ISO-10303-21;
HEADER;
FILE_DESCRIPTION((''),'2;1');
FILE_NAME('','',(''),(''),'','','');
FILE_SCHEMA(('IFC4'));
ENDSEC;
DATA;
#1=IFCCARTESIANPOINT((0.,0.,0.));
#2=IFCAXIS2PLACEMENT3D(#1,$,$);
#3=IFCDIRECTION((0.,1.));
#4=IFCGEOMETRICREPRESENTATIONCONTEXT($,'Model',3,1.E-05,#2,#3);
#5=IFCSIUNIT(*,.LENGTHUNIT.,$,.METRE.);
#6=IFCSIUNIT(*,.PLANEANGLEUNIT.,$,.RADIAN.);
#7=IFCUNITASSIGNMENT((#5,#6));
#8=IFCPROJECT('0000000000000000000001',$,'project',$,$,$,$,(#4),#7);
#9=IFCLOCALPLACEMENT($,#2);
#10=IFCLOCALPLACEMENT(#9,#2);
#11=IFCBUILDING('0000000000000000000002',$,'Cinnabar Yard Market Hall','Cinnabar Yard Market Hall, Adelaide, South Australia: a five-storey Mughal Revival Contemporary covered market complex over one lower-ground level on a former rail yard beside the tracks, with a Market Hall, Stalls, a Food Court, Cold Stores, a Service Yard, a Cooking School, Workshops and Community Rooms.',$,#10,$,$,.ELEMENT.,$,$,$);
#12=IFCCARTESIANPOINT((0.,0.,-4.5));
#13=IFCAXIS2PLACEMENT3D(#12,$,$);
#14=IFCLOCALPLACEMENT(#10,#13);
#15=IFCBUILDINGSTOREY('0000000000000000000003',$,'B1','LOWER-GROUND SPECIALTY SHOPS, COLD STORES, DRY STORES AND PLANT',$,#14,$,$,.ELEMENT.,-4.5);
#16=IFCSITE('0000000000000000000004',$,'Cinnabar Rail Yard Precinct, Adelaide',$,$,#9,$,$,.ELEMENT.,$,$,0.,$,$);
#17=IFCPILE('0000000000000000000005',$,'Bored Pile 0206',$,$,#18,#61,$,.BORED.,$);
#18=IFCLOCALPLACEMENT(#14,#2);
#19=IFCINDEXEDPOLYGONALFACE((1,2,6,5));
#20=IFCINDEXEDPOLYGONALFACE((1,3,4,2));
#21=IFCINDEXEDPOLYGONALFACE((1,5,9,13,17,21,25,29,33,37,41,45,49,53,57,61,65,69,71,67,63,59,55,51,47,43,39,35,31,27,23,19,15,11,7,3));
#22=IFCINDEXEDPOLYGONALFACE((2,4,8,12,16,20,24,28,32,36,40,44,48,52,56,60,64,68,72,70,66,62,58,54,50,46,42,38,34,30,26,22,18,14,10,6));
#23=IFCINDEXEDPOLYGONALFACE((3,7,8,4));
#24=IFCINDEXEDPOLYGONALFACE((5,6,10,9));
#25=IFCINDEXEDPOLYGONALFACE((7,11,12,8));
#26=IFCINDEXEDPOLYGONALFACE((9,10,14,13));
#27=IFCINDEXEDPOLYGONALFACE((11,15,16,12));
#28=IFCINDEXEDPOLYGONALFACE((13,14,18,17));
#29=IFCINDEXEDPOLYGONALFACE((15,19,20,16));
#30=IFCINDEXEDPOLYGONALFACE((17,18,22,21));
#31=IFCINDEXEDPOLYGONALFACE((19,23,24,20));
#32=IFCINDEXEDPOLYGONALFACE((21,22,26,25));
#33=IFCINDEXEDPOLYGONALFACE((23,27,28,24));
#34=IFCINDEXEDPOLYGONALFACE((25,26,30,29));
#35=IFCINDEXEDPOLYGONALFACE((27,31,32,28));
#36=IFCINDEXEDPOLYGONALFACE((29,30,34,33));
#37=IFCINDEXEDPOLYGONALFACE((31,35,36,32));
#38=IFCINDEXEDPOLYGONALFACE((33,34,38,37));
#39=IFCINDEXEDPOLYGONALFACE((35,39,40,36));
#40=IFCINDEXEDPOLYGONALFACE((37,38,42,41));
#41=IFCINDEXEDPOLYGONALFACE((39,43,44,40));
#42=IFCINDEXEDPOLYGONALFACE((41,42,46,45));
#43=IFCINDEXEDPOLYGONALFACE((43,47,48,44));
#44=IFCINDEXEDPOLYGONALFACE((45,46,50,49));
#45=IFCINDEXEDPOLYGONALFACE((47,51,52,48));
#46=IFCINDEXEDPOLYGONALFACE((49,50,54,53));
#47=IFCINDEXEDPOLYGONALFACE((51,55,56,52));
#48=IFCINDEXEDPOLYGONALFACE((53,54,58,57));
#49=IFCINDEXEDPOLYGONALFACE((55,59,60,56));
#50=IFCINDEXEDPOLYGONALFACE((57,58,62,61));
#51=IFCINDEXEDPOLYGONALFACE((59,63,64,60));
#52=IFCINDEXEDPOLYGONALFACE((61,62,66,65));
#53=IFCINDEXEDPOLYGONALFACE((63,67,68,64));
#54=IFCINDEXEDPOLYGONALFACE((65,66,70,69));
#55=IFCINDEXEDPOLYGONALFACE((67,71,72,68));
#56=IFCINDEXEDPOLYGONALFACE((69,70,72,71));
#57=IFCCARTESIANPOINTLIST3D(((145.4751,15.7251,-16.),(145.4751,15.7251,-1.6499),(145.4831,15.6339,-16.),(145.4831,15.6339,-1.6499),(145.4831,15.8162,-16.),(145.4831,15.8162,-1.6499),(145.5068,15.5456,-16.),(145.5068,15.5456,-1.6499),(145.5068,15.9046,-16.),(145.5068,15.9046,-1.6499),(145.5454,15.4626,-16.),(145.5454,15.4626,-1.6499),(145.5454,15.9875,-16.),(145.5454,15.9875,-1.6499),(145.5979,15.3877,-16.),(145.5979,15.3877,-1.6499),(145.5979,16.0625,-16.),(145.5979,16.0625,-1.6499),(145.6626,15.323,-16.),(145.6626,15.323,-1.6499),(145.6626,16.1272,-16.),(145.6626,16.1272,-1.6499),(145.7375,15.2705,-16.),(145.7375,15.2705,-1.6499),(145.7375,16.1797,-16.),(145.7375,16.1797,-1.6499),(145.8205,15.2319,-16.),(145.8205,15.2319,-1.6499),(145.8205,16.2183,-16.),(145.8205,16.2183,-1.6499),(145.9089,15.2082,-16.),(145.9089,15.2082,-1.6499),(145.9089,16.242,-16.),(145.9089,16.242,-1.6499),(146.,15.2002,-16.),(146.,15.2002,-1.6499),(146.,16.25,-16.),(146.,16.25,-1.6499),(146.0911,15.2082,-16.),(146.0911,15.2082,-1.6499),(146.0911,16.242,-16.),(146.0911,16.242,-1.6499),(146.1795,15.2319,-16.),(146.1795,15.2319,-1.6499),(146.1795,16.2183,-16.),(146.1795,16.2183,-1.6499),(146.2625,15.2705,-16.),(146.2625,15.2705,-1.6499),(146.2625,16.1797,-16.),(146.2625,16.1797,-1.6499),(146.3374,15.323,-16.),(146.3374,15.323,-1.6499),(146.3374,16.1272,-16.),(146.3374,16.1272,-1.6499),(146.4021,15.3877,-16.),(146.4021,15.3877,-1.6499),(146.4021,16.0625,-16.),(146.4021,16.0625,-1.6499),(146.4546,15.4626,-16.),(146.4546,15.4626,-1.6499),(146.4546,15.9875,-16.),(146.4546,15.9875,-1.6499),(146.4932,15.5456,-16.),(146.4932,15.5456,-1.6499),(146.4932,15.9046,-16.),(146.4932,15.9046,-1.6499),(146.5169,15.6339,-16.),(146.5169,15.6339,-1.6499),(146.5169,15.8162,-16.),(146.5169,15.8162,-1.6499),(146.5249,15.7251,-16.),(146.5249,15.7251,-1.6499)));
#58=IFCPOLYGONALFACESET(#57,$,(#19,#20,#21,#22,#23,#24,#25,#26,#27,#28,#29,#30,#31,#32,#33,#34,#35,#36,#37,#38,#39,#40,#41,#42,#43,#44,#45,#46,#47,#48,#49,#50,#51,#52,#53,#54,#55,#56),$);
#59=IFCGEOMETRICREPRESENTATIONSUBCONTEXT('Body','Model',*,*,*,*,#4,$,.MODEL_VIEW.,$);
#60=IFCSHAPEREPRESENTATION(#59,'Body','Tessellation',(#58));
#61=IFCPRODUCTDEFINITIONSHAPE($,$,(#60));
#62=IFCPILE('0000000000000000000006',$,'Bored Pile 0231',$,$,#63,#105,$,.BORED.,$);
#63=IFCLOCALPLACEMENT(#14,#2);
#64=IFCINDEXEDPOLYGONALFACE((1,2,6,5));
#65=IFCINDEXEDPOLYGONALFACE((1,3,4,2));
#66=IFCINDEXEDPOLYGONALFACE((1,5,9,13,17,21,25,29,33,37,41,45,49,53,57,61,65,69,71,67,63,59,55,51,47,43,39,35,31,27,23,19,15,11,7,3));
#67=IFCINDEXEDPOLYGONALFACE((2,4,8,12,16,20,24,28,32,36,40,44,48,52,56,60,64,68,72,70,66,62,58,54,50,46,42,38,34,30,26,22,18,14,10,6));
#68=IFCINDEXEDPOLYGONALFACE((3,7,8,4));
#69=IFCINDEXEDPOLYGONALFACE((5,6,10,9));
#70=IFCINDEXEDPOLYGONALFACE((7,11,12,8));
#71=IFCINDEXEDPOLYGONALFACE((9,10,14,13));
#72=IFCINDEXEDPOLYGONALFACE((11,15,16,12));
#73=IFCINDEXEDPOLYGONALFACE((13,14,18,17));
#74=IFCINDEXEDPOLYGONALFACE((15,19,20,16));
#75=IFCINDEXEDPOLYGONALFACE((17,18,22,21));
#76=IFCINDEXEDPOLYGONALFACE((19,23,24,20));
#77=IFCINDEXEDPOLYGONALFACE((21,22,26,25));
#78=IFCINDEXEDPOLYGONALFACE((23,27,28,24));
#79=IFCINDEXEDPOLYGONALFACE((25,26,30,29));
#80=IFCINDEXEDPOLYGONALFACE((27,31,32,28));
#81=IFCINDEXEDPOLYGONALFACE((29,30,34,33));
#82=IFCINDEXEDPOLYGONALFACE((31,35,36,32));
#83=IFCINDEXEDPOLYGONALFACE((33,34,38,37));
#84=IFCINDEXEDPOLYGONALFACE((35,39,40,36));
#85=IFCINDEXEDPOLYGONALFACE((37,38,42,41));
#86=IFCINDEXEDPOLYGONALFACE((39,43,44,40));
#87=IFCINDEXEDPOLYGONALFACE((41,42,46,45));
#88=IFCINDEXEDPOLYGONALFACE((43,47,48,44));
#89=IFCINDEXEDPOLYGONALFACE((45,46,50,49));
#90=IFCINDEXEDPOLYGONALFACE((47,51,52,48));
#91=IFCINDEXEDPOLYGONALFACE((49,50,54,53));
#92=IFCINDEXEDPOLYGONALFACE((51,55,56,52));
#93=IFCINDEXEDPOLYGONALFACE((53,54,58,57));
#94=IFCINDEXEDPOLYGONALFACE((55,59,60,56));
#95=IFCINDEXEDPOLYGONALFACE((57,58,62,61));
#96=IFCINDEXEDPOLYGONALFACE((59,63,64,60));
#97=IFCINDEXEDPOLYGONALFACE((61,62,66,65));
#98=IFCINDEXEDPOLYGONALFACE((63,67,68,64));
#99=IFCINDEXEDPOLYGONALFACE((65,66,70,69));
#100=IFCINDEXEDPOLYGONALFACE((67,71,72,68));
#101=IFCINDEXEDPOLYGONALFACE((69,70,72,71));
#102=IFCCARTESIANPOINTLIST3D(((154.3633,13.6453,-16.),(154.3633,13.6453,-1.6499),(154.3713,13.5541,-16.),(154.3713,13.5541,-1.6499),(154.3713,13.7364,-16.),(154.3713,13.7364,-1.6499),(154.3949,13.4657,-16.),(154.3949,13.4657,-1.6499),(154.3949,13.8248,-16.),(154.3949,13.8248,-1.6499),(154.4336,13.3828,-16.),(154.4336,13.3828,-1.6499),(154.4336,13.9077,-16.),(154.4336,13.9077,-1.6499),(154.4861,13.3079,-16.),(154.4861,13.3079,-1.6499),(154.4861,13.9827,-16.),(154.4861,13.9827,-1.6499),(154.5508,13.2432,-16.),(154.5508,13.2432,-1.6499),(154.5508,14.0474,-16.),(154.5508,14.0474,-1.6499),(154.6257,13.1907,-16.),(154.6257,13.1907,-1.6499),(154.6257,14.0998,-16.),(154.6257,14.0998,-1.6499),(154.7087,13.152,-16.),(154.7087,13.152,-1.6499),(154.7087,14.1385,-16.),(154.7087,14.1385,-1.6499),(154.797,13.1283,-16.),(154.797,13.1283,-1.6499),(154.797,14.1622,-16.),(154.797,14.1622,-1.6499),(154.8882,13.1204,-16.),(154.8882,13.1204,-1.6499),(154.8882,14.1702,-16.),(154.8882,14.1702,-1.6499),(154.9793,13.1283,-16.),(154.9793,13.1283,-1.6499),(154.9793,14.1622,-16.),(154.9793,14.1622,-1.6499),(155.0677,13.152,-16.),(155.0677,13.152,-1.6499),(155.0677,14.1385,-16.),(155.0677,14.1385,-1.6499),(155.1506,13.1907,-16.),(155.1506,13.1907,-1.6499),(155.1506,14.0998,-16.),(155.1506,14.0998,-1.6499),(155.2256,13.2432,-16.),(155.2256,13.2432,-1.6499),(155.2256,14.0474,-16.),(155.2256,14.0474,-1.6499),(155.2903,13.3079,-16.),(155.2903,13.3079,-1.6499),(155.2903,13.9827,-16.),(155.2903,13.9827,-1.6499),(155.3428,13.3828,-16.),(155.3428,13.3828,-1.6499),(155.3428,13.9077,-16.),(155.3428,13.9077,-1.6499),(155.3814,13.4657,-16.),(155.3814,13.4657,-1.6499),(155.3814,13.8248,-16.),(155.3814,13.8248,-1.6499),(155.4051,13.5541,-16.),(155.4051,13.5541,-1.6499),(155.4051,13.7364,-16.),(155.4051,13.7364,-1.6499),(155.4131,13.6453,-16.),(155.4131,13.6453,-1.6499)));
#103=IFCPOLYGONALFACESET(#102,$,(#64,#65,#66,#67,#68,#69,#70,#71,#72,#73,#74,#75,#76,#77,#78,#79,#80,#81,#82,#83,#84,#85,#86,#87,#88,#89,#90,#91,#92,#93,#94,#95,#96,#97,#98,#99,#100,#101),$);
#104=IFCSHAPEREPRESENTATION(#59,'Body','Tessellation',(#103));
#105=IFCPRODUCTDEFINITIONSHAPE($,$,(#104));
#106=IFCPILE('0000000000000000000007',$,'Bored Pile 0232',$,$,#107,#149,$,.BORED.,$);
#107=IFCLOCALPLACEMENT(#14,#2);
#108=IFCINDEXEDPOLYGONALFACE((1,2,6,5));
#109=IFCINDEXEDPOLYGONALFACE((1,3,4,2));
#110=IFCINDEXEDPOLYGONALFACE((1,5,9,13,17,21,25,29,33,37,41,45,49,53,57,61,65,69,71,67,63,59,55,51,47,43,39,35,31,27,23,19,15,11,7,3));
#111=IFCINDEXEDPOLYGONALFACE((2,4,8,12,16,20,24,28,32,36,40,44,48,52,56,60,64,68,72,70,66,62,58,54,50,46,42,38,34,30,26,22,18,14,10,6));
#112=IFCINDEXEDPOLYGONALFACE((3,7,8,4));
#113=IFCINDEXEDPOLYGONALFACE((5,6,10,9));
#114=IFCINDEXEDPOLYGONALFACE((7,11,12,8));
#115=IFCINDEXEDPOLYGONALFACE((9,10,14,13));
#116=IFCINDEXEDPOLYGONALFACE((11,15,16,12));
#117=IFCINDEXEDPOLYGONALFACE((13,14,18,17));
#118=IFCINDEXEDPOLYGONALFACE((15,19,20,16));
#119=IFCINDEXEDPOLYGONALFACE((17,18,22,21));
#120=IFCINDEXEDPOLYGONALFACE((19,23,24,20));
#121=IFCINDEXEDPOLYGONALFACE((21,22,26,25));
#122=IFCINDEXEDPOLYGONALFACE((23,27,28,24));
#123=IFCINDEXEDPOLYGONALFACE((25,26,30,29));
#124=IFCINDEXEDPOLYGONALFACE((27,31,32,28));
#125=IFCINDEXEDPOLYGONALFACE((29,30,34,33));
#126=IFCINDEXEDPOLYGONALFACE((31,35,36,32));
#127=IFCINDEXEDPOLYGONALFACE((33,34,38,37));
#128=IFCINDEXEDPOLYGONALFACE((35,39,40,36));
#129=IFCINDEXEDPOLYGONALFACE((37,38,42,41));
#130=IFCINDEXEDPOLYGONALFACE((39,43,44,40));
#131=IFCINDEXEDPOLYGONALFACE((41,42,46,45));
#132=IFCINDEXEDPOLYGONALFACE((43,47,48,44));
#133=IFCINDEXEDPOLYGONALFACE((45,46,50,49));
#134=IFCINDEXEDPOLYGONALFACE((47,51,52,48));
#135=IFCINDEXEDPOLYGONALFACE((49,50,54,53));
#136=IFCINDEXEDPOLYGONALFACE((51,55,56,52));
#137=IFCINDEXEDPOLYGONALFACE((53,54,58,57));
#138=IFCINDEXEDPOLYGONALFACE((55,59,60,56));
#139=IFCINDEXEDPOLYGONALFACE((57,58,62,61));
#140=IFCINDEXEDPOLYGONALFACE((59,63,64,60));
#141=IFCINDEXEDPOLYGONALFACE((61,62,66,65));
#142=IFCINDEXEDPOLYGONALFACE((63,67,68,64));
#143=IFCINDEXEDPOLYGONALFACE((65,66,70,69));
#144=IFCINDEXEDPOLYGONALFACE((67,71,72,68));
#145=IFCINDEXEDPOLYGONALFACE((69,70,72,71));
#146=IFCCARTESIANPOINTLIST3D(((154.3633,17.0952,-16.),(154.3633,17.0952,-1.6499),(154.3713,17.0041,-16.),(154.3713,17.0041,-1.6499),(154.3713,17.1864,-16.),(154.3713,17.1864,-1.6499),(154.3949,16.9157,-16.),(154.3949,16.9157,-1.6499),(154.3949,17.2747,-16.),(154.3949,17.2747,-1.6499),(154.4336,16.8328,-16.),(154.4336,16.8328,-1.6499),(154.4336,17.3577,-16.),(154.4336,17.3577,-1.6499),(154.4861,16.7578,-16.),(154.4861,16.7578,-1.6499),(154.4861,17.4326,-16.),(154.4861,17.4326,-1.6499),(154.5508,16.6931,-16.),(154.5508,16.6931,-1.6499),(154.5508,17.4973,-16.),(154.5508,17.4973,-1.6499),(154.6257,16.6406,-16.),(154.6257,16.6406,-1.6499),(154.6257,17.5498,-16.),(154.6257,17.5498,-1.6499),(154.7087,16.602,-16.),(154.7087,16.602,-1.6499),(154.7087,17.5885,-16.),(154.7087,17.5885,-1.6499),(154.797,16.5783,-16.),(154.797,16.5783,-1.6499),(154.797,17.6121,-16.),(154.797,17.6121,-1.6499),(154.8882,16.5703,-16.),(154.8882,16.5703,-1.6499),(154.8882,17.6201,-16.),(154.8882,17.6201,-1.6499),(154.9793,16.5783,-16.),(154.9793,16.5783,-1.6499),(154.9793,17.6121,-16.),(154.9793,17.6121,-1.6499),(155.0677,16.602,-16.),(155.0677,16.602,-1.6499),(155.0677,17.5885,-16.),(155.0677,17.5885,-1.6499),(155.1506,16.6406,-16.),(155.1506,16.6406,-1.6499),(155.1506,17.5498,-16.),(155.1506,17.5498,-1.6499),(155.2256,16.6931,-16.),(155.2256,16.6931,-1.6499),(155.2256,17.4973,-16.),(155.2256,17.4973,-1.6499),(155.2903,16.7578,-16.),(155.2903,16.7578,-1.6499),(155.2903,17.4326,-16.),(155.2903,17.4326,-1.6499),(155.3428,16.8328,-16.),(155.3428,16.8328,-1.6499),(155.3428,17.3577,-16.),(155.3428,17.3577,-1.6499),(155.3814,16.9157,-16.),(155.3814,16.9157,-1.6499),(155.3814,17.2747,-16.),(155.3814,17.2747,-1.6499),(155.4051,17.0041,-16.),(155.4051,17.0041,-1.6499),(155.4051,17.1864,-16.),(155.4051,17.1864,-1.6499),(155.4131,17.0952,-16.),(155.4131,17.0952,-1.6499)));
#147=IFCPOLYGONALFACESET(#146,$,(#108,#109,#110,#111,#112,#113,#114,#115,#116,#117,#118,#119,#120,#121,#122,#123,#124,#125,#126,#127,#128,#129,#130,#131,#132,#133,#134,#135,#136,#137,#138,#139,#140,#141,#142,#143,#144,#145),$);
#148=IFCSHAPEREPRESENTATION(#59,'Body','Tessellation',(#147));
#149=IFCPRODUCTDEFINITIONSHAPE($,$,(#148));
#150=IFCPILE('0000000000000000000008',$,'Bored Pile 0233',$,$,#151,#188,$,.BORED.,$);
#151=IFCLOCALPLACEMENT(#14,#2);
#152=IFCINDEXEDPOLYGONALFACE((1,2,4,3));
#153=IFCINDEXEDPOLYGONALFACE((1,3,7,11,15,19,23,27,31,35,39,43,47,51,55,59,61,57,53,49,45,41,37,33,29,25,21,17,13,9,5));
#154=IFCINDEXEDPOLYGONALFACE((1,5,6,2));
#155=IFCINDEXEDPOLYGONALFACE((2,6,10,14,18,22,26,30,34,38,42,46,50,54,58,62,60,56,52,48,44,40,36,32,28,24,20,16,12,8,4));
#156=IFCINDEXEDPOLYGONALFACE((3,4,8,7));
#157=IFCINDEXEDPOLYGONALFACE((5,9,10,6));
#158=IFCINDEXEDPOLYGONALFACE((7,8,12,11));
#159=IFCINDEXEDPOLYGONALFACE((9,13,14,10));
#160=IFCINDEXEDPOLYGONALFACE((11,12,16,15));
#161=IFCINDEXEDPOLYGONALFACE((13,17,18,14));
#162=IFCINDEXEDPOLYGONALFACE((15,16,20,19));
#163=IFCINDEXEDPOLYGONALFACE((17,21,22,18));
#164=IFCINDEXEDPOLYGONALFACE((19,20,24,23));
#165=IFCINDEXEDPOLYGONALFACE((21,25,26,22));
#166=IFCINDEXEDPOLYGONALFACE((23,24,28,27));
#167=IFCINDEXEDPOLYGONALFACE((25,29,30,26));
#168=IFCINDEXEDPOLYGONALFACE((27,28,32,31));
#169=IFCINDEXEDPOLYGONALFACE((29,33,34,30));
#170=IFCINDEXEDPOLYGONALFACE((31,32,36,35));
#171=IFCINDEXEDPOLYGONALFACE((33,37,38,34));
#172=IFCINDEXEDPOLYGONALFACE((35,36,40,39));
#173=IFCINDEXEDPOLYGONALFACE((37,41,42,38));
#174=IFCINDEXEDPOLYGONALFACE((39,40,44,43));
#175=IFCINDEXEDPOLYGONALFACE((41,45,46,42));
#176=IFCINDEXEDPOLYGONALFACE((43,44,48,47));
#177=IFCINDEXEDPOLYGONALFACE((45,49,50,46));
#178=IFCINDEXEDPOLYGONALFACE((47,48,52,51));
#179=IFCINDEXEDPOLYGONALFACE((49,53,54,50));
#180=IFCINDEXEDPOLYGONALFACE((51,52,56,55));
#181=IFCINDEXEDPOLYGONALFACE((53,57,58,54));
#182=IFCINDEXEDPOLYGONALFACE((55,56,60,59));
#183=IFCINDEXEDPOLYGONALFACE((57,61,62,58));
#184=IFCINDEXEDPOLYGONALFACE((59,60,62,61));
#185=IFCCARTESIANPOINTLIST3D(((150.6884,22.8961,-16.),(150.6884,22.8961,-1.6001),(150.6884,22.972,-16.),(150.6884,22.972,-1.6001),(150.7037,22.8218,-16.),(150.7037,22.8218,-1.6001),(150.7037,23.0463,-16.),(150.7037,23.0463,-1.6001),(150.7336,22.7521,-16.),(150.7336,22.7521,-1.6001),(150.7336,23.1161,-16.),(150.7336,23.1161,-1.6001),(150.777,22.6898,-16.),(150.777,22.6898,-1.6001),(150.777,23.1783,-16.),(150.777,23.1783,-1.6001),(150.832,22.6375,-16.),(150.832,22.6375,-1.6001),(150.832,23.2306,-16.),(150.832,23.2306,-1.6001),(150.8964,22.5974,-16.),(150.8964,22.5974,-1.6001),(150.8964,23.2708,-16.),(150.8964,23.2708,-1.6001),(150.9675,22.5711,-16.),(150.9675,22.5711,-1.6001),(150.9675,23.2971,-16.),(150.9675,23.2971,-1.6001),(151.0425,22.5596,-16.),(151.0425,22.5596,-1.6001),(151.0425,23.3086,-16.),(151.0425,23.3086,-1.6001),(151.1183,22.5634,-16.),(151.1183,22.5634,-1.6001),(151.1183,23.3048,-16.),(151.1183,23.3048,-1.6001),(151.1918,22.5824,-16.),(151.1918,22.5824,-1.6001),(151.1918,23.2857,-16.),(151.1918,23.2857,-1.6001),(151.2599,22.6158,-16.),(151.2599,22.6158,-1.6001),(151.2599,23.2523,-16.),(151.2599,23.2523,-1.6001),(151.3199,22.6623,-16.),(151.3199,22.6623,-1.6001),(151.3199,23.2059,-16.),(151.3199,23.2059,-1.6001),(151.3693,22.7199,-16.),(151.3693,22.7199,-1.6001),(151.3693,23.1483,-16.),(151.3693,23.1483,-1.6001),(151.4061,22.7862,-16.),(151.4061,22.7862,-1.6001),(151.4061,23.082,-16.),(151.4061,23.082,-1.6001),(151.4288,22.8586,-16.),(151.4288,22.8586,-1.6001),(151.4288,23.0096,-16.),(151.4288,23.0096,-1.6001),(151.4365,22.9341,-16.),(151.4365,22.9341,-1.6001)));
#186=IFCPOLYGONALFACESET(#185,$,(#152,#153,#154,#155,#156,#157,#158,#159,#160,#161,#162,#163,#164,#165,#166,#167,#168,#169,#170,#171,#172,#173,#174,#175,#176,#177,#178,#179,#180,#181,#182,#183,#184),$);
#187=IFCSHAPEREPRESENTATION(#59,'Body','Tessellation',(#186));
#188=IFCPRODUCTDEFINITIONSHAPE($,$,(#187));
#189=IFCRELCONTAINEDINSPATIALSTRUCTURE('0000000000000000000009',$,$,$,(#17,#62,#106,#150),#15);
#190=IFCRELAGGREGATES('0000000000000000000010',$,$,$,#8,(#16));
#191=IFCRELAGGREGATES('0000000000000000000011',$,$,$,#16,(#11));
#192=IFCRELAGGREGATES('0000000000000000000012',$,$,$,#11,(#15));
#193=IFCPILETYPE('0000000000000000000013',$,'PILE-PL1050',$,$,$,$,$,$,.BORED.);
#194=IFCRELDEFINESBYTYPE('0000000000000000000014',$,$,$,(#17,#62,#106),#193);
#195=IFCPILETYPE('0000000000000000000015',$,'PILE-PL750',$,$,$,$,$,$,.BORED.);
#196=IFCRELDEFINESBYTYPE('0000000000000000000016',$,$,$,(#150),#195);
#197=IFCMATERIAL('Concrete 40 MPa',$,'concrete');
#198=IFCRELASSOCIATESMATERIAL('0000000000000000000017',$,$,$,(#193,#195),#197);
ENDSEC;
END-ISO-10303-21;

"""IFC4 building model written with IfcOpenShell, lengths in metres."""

from ifc_helpers import new_model, si_unit, direction, frame, origin, origin_2d_with_axis, place, context, subcontext, project, spatial, circle, extrude, material, material_profile, profile_set, type_object, element, save


model = new_model("IFC4")

# Units and contexts
model_context = context("Model", 3, precision=1e-05, world=origin(), true_north=direction((0.0, 1.0)))
body_context = subcontext(model_context, "Body", "Model", "MODEL_VIEW")
ifc_project = project(units=[si_unit("LENGTHUNIT", "METRE"), si_unit("PLANEANGLEUNIT", "RADIAN")], contexts=[model_context])

# Site, building, storey
site_placement = place(None, origin())
site = spatial("IfcSite", under=ifc_project, at=site_placement, Name="Cinnabar Rail Yard Precinct, Adelaide", CompositionType="ELEMENT", RefElevation=0.0)
building_placement = place(site_placement, origin())
building = spatial("IfcBuilding", under=site, at=building_placement, Name="Cinnabar Yard Market Hall", Description="Cinnabar Yard Market Hall, Adelaide, South Australia: a five-storey Mughal Revival Contemporary covered market complex over one lower-ground level on a former rail yard beside the tracks, with a Market Hall, Stalls, a Food Court, Cold Stores, a Service Yard, a Cooking School, Workshops and Community Rooms.", CompositionType="ELEMENT")
storey_placement = place(building_placement, frame((0.0, 0.0, -4.5)))
storey = spatial("IfcBuildingStorey", under=building, at=storey_placement, Name="B1", Description="LOWER-GROUND SPECIALTY SHOPS, COLD STORES, DRY STORES AND PLANT", CompositionType="ELEMENT", Elevation=-4.5)

# Shared definitions
ifc_material_1 = material(Name="Concrete 40 MPa", Category="concrete")

# Piles
ifc_material_profile_1 = material_profile(ifc_material_1, circle(Radius=0.5249, at=origin_2d_with_axis()), Name="PILE-D1050")
ifc_profile_set_1 = profile_set([ifc_material_profile_1], Name="Concrete 40 MPa")
pile_type_1 = type_object("IfcPileType", Name="PILE-PL1050", PredefinedType="BORED", material=ifc_profile_set_1)
for number, where, z_axis, x_axis, name in (
    (1, (146.0, 15.7251, -1.6499), (0.0, 0.0, -1.0), (1.0, 0.0, 0.0), "Bored Pile 0206"),
    (2, (154.8882, 13.6453, -1.6499), (0.0, 0.0, -1.0), (1.0, 0.0, 0.0), "Bored Pile 0231"),
    (3, (154.8882, 17.0952, -1.6499), (0.0, 0.0, -1.0), (1.0, 0.0, 0.0), "Bored Pile 0232"),
):
    element("IfcPile", number, at=place(storey_placement, frame(where, z_axis=z_axis, x_axis=x_axis)), inside=storey, type_object=pile_type_1, Name=name, PredefinedType="BORED", context=body_context, shape_type="SweptSolid", body=[
        extrude(circle(Radius=0.5249, at=origin_2d_with_axis()), origin(), (0.0, 0.0, 1.0), 14.3501),
    ])
ifc_material_profile_2 = material_profile(ifc_material_1, circle(Radius=0.375, at=origin_2d_with_axis()), Name="PILE-D750")
ifc_profile_set_2 = profile_set([ifc_material_profile_2], Name="Concrete 40 MPa")
pile_type_2 = type_object("IfcPileType", Name="PILE-PL750", PredefinedType="BORED", material=ifc_profile_set_2)
pile_1_placement = place(storey_placement, frame((151.0615, 22.9341, -1.6001), z_axis=(0.0, 0.0, -1.0), x_axis=(1.0, 0.0, 0.0)))
element("IfcPile", 4, at=pile_1_placement, inside=storey, type_object=pile_type_2, Name="Bored Pile 0233", PredefinedType="BORED", context=body_context, shape_type="SweptSolid", body=[
    extrude(circle(Radius=0.375, at=origin_2d_with_axis()), origin(), (0.0, 0.0, 1.0), 14.3999),
])

save(model, "model.ifc")
